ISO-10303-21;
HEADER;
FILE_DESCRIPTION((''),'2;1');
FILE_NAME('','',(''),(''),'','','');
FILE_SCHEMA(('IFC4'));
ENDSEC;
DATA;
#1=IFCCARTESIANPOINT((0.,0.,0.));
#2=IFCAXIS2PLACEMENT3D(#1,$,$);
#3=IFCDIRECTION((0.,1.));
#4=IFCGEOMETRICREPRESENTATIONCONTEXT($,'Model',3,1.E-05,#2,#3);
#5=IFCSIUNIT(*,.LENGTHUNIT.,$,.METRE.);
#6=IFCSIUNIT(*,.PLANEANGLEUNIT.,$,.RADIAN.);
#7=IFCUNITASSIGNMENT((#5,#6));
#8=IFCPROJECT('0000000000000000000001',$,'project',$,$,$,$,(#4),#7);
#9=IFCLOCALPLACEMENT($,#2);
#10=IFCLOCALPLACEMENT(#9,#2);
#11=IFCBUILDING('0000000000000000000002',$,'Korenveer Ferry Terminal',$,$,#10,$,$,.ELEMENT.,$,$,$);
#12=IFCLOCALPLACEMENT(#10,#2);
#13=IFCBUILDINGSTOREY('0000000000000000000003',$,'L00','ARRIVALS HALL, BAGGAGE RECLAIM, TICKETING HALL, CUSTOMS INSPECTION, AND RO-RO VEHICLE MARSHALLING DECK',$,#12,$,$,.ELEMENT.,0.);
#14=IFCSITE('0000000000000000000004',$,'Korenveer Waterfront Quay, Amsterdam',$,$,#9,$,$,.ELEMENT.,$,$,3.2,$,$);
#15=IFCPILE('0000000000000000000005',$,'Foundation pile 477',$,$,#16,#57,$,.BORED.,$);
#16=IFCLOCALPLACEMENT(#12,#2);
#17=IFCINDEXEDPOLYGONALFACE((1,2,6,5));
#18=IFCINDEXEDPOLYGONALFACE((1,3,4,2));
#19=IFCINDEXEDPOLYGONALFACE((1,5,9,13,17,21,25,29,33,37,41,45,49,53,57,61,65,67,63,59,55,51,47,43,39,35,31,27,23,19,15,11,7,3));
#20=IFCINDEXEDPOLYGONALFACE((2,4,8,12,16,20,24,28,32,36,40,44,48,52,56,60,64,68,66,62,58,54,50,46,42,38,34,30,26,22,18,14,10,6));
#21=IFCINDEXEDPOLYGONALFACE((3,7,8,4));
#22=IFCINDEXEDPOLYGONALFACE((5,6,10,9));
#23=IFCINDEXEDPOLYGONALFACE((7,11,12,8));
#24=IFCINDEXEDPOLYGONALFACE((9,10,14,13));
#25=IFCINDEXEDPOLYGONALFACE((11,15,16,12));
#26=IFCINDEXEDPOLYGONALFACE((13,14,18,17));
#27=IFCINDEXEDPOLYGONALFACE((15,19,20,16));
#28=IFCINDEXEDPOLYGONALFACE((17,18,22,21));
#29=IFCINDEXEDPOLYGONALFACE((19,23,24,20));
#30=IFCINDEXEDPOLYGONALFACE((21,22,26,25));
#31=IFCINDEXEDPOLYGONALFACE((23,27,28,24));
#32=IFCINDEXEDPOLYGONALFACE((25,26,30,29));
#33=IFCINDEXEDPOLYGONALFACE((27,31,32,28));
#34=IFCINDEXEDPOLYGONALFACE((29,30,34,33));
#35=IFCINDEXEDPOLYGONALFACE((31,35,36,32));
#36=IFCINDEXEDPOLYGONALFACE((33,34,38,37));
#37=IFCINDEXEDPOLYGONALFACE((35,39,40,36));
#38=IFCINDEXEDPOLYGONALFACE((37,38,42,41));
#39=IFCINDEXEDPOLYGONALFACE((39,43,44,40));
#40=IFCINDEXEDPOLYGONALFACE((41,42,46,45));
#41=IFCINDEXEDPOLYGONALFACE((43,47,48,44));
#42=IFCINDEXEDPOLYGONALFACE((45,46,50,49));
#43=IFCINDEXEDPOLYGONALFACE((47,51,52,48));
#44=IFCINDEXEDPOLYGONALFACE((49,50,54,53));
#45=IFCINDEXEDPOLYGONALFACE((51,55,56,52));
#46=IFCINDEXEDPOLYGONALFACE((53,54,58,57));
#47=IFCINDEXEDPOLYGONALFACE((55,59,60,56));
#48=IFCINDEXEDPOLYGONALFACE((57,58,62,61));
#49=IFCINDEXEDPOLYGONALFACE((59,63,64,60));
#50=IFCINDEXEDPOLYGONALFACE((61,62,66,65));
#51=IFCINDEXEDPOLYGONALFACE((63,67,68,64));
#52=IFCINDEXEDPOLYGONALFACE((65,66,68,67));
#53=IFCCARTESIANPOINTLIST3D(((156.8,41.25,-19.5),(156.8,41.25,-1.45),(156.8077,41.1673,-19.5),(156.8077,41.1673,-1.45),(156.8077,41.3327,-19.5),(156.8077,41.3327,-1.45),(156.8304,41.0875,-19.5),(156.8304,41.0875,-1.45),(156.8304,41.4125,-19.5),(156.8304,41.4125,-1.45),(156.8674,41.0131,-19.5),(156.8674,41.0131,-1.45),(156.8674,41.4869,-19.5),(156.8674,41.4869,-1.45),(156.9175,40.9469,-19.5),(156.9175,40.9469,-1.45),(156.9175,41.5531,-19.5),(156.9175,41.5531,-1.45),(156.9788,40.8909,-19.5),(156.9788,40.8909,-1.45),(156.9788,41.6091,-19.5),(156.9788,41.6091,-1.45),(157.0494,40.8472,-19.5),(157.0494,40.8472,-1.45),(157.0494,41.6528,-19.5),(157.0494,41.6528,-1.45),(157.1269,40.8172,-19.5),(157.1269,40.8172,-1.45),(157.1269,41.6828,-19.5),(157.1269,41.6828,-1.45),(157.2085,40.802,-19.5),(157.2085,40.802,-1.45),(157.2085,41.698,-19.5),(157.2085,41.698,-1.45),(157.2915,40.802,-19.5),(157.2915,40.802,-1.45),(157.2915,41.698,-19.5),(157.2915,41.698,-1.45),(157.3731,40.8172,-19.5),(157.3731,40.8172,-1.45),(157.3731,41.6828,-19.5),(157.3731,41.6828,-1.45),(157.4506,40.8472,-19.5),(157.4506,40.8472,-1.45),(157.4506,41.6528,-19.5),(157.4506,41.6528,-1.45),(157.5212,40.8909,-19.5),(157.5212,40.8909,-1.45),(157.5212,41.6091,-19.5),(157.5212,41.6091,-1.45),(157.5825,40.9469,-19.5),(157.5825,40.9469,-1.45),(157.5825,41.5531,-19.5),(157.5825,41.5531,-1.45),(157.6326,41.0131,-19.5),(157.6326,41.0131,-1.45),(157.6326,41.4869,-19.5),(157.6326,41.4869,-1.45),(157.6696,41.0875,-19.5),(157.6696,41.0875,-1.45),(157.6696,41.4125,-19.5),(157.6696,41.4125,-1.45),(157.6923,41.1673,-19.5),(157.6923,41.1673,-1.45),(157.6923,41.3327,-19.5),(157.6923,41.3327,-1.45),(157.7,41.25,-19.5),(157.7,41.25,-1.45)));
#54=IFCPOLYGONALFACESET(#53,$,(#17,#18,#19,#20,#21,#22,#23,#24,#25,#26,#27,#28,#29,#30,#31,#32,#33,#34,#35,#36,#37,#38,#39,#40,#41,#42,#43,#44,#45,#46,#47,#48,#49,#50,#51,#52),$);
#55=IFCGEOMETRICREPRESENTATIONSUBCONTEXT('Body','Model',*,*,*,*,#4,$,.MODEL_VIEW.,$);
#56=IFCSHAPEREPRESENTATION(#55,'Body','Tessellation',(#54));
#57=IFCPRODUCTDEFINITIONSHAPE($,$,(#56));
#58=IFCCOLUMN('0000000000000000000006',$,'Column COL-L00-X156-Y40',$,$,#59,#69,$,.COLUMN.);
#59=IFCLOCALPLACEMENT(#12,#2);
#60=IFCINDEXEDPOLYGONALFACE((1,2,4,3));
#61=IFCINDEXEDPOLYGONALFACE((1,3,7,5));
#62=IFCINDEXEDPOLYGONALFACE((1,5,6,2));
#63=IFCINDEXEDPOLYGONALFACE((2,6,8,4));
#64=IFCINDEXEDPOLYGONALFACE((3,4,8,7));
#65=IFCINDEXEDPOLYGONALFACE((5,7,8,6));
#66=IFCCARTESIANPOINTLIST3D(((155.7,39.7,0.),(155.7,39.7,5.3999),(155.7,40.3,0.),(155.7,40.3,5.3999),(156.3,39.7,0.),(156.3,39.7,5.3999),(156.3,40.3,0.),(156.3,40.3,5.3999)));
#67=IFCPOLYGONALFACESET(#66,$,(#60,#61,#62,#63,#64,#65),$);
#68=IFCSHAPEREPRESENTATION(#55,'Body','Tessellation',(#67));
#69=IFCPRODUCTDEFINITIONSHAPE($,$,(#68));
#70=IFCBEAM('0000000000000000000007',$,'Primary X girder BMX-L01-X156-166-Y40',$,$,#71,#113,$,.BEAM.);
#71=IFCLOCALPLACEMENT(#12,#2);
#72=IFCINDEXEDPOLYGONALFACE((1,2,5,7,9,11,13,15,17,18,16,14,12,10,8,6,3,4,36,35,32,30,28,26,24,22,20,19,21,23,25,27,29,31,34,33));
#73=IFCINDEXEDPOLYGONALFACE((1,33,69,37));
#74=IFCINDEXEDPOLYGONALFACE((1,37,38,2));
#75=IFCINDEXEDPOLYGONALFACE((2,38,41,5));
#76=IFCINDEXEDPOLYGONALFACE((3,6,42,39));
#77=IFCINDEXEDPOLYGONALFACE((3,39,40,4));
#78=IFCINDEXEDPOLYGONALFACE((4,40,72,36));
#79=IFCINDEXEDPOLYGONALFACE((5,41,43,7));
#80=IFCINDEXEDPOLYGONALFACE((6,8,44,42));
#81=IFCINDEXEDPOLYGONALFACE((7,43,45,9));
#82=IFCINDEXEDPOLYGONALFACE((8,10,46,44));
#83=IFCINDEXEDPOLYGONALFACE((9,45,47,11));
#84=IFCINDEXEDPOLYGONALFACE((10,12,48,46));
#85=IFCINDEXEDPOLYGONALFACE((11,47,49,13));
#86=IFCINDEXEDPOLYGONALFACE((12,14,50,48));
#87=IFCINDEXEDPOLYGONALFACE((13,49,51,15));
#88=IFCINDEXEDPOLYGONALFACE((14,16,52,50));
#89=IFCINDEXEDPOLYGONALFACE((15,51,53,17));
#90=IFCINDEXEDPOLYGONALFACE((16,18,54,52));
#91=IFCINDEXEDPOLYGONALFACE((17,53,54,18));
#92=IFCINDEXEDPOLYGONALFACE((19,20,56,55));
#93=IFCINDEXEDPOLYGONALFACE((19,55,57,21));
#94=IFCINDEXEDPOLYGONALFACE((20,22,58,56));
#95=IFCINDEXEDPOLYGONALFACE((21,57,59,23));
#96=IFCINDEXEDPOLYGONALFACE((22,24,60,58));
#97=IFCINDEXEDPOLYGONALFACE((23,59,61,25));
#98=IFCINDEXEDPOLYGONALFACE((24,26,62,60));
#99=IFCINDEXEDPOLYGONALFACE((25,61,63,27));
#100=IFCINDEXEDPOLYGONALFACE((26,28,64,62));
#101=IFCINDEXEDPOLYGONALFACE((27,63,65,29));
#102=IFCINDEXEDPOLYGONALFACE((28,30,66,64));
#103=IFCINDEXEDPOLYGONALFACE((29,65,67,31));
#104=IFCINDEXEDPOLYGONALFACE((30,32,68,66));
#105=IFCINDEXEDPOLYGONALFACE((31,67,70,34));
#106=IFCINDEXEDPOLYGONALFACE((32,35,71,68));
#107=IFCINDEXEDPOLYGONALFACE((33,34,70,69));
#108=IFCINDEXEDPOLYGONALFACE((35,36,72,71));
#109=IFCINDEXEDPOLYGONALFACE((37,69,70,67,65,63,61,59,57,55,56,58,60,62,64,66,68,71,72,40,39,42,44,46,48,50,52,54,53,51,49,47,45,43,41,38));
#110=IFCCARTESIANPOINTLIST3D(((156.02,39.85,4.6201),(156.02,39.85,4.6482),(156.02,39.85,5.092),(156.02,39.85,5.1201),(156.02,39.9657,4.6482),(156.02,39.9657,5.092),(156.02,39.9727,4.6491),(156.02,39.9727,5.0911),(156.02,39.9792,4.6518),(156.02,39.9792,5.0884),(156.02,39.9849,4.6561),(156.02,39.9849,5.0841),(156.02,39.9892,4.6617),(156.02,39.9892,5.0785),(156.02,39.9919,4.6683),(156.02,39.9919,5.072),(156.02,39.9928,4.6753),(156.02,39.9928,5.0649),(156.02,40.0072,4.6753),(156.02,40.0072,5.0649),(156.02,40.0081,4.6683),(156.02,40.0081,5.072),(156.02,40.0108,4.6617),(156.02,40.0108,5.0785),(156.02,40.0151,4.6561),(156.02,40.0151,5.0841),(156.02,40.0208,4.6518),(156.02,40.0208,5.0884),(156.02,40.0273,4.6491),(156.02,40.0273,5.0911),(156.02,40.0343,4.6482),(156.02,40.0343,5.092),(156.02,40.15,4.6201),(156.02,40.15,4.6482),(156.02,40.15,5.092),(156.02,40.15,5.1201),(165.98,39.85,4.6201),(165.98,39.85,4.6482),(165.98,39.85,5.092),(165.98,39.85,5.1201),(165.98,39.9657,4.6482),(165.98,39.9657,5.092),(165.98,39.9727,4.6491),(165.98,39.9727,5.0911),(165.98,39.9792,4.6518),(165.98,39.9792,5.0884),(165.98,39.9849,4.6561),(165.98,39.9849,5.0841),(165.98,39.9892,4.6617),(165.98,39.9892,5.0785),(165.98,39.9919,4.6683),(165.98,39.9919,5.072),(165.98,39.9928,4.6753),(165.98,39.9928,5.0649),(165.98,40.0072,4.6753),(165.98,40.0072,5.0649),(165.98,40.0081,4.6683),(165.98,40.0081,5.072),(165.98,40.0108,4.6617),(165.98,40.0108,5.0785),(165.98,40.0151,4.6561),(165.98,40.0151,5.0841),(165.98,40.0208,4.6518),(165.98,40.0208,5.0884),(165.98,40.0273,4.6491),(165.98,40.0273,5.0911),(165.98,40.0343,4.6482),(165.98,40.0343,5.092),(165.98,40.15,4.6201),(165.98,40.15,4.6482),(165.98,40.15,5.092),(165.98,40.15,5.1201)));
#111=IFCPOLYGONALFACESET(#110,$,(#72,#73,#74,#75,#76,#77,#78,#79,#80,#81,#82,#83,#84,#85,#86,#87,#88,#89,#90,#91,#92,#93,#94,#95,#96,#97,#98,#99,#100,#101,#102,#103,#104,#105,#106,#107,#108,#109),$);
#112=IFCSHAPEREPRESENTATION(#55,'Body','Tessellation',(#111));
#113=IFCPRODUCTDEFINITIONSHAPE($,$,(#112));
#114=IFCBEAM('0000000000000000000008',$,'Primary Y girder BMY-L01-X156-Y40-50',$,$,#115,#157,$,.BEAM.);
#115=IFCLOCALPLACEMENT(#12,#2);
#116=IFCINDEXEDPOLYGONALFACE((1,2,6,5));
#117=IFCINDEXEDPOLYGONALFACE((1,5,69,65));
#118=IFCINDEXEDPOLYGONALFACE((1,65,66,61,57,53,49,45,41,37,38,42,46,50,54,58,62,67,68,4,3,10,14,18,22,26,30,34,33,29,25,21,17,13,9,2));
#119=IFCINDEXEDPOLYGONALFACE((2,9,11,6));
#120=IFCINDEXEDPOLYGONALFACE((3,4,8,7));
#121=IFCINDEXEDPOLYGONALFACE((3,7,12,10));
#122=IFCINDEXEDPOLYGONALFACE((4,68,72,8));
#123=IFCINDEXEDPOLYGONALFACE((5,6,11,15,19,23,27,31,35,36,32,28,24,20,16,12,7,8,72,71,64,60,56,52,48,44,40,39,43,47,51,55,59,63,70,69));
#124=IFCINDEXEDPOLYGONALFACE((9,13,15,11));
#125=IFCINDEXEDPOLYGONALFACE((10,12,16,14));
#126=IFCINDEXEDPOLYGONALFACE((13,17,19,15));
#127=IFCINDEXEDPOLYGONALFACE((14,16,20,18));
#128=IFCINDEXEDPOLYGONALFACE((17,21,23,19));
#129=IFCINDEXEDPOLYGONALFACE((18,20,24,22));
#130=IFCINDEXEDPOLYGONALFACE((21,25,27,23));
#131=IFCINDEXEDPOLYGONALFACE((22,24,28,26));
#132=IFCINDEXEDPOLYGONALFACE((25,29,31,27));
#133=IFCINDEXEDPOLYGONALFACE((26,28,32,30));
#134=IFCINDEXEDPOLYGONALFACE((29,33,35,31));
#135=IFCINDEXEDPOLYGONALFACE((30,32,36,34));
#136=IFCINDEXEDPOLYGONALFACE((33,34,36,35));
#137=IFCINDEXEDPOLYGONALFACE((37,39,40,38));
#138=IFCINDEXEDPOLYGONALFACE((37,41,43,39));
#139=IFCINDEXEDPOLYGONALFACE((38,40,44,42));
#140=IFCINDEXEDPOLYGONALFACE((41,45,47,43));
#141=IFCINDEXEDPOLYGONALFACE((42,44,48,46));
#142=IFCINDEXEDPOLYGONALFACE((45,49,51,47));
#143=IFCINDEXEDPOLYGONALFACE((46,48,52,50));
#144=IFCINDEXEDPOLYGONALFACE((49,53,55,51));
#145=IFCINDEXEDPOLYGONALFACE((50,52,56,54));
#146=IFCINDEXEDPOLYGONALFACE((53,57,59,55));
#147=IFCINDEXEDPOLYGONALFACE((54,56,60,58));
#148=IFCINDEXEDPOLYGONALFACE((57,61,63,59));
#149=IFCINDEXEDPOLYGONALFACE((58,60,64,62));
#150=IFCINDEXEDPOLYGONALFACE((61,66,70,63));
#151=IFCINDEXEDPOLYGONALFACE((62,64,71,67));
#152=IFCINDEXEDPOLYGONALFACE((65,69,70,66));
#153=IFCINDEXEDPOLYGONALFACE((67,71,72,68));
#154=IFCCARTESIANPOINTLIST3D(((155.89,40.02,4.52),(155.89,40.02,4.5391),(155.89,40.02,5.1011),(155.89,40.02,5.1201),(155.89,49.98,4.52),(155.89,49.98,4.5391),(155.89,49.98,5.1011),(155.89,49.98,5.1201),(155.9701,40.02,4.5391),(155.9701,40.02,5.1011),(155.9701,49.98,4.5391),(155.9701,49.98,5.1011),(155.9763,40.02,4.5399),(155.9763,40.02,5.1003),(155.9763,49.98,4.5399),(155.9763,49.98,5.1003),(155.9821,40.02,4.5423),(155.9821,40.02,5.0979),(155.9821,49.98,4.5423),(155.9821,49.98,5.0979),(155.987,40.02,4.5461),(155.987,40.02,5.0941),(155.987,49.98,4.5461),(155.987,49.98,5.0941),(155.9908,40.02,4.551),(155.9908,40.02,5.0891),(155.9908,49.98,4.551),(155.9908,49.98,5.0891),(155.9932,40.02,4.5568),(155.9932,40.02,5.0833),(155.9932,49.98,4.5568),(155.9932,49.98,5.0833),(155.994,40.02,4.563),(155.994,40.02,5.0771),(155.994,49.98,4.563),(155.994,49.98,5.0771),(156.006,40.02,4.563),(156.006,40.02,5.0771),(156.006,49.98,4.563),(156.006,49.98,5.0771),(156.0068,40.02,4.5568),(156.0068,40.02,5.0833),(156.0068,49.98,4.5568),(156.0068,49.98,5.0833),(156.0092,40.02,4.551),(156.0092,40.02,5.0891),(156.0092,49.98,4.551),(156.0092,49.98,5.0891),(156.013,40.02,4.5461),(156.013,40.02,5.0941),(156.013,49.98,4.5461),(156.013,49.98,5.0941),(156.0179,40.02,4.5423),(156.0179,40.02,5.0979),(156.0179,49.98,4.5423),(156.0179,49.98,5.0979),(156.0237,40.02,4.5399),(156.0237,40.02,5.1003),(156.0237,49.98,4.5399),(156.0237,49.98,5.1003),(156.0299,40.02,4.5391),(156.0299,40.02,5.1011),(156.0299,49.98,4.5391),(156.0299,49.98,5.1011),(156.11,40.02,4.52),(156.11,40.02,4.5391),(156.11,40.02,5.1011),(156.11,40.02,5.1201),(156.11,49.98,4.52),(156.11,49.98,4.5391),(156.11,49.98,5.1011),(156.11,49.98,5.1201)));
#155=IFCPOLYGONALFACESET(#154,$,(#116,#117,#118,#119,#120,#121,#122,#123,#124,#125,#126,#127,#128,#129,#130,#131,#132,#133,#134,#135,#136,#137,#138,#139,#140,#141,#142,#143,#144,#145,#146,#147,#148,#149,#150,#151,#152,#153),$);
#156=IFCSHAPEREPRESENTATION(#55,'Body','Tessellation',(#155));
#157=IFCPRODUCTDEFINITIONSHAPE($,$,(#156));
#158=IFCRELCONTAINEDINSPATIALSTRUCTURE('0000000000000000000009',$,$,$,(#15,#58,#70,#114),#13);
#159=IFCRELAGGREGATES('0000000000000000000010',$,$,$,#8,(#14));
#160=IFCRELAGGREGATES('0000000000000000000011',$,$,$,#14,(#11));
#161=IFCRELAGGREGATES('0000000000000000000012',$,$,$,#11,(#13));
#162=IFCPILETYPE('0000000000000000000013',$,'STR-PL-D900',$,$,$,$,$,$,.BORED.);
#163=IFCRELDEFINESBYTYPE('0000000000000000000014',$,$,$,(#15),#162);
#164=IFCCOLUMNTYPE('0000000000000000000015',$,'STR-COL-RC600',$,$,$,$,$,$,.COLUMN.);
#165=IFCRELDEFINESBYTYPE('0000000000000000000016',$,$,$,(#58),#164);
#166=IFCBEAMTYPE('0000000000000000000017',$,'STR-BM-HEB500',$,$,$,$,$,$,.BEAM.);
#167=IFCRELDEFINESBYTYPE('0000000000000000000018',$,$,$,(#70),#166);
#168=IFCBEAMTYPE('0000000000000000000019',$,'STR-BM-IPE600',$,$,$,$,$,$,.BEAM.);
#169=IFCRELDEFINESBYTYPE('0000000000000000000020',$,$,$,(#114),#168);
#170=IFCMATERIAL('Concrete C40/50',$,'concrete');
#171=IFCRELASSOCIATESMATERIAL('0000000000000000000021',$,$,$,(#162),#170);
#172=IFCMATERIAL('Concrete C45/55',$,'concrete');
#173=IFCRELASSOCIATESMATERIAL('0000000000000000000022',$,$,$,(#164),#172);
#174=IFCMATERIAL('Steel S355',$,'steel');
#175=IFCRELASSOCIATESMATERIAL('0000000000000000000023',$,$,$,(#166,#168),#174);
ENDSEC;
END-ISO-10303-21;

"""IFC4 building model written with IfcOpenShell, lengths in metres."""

from ifc_helpers import new_model, si_unit, direction, frame, origin, origin_2d, place, context, subcontext, project, spatial, rectangle, circle, i_section, extrude, material, material_profile, profile_set, type_object, element, save


model = new_model("IFC4")

# Units and contexts
model_context = context("Model", 3, precision=1e-05, world=origin(), true_north=direction((0.0, 1.0)))
body_context = subcontext(model_context, "Body", "Model", "MODEL_VIEW")
ifc_project = project(units=[si_unit("LENGTHUNIT", "METRE"), si_unit("PLANEANGLEUNIT", "RADIAN")], contexts=[model_context])

# Site, building, storey
site_placement = place(None, origin())
site = spatial("IfcSite", under=ifc_project, at=site_placement, Name="Korenveer Waterfront Quay, Amsterdam", CompositionType="ELEMENT", RefElevation=3.2)
building_placement = place(site_placement, origin())
building = spatial("IfcBuilding", under=site, at=building_placement, Name="Korenveer Ferry Terminal", CompositionType="ELEMENT")
storey_placement = place(building_placement, origin())
storey = spatial("IfcBuildingStorey", under=building, at=storey_placement, Name="L00", Description="ARRIVALS HALL, BAGGAGE RECLAIM, TICKETING HALL, CUSTOMS INSPECTION, AND RO-RO VEHICLE MARSHALLING DECK", CompositionType="ELEMENT", Elevation=0.0)

# Shared definitions
ifc_material_1 = material(Name="Concrete C40/50", Category="concrete")
ifc_material_2 = material(Name="Concrete C45/55", Category="concrete")

# Pile
ifc_material_profile_1 = material_profile(ifc_material_1, circle(Radius=0.45, at=origin_2d()), Name="PILE D900")
ifc_profile_set_1 = profile_set([ifc_material_profile_1], Name="Concrete C40/50")
pile_type_1 = type_object("IfcPileType", Name="STR-PL-D900", PredefinedType="BORED", material=ifc_profile_set_1)
for number, where, z_axis, x_axis, name in (
    (1, (157.25, 41.25, -1.45), (0.0, 0.0, -1.0), (1.0, 0.0, 0.0), "Foundation pile 477"),
):
    element("IfcPile", number, at=place(storey_placement, frame(where, z_axis=z_axis, x_axis=x_axis)), inside=storey, type_object=pile_type_1, Name=name, PredefinedType="BORED", context=body_context, shape_type="SweptSolid", body=[
        extrude(circle(Radius=0.45, at=origin_2d()), origin(), (0.0, 0.0, 1.0), 18.05),
    ])

# Column
ifc_material_profile_2 = material_profile(ifc_material_2, rectangle(XDim=0.6001, YDim=0.6001, at=origin_2d()), Name="RC 600x600")
ifc_profile_set_2 = profile_set([ifc_material_profile_2], Name="Concrete C45/55")
column_type = type_object("IfcColumnType", Name="STR-COL-RC600", PredefinedType="COLUMN", material=ifc_profile_set_2)
column_placement = place(storey_placement, frame((156.0, 40.0, 0.0), z_axis=(0.0, 0.0, 1.0), x_axis=(1.0, 0.0, 0.0)))
element("IfcColumn", 2, at=column_placement, inside=storey, type_object=column_type, Name="Column COL-L00-X156-Y40", PredefinedType="COLUMN", context=body_context, shape_type="SweptSolid", body=[
    extrude(rectangle(XDim=0.6001, YDim=0.6001, at=origin_2d()), origin(), (0.0, 0.0, 1.0), 5.3999),
])

# Beams
ifc_material_3 = material(Name="Steel S355", Category="steel")
ifc_material_profile_3 = material_profile(ifc_material_3, i_section(OverallWidth=0.3, OverallDepth=0.5, WebThickness=0.0144, FlangeThickness=0.0281, FilletRadius=0.0271, at=origin_2d()), Name="HEB 500")
ifc_profile_set_3 = profile_set([ifc_material_profile_3], Name="Steel S355")
beam_type_1 = type_object("IfcBeamType", Name="STR-BM-HEB500", PredefinedType="BEAM", material=ifc_profile_set_3)
beam_1_placement = place(storey_placement, frame((156.02, 40.0, 4.8701), z_axis=(1.0, 0.0, 0.0), x_axis=(0.0, 1.0, 0.0)))
element("IfcBeam", 3, at=beam_1_placement, inside=storey, type_object=beam_type_1, Name="Primary X girder BMX-L01-X156-166-Y40", PredefinedType="BEAM", context=body_context, shape_type="SweptSolid", body=[
    extrude(i_section(OverallWidth=0.3, OverallDepth=0.5, WebThickness=0.0144, FlangeThickness=0.0281, FilletRadius=0.0271, at=origin_2d()), origin(), (0.0, 0.0, 1.0), 9.96),
])
ifc_material_profile_4 = material_profile(ifc_material_3, i_section(OverallWidth=0.22, OverallDepth=0.6001, WebThickness=0.012, FlangeThickness=0.019, FilletRadius=0.0239, at=origin_2d()), Name="IPE 600")
ifc_profile_set_4 = profile_set([ifc_material_profile_4], Name="Steel S355")
beam_type_2 = type_object("IfcBeamType", Name="STR-BM-IPE600", PredefinedType="BEAM", material=ifc_profile_set_4)
beam_2_placement = place(storey_placement, frame((156.0, 40.02, 4.8201), z_axis=(0.0, 1.0, 0.0), x_axis=(-1.0, 0.0, 0.0)))
element("IfcBeam", 4, at=beam_2_placement, inside=storey, type_object=beam_type_2, Name="Primary Y girder BMY-L01-X156-Y40-50", PredefinedType="BEAM", context=body_context, shape_type="SweptSolid", body=[
    extrude(i_section(OverallWidth=0.22, OverallDepth=0.6001, WebThickness=0.012, FlangeThickness=0.019, FilletRadius=0.0239, at=origin_2d()), origin(), (0.0, 0.0, 1.0), 9.96),
])

save(model, "model.ifc")
